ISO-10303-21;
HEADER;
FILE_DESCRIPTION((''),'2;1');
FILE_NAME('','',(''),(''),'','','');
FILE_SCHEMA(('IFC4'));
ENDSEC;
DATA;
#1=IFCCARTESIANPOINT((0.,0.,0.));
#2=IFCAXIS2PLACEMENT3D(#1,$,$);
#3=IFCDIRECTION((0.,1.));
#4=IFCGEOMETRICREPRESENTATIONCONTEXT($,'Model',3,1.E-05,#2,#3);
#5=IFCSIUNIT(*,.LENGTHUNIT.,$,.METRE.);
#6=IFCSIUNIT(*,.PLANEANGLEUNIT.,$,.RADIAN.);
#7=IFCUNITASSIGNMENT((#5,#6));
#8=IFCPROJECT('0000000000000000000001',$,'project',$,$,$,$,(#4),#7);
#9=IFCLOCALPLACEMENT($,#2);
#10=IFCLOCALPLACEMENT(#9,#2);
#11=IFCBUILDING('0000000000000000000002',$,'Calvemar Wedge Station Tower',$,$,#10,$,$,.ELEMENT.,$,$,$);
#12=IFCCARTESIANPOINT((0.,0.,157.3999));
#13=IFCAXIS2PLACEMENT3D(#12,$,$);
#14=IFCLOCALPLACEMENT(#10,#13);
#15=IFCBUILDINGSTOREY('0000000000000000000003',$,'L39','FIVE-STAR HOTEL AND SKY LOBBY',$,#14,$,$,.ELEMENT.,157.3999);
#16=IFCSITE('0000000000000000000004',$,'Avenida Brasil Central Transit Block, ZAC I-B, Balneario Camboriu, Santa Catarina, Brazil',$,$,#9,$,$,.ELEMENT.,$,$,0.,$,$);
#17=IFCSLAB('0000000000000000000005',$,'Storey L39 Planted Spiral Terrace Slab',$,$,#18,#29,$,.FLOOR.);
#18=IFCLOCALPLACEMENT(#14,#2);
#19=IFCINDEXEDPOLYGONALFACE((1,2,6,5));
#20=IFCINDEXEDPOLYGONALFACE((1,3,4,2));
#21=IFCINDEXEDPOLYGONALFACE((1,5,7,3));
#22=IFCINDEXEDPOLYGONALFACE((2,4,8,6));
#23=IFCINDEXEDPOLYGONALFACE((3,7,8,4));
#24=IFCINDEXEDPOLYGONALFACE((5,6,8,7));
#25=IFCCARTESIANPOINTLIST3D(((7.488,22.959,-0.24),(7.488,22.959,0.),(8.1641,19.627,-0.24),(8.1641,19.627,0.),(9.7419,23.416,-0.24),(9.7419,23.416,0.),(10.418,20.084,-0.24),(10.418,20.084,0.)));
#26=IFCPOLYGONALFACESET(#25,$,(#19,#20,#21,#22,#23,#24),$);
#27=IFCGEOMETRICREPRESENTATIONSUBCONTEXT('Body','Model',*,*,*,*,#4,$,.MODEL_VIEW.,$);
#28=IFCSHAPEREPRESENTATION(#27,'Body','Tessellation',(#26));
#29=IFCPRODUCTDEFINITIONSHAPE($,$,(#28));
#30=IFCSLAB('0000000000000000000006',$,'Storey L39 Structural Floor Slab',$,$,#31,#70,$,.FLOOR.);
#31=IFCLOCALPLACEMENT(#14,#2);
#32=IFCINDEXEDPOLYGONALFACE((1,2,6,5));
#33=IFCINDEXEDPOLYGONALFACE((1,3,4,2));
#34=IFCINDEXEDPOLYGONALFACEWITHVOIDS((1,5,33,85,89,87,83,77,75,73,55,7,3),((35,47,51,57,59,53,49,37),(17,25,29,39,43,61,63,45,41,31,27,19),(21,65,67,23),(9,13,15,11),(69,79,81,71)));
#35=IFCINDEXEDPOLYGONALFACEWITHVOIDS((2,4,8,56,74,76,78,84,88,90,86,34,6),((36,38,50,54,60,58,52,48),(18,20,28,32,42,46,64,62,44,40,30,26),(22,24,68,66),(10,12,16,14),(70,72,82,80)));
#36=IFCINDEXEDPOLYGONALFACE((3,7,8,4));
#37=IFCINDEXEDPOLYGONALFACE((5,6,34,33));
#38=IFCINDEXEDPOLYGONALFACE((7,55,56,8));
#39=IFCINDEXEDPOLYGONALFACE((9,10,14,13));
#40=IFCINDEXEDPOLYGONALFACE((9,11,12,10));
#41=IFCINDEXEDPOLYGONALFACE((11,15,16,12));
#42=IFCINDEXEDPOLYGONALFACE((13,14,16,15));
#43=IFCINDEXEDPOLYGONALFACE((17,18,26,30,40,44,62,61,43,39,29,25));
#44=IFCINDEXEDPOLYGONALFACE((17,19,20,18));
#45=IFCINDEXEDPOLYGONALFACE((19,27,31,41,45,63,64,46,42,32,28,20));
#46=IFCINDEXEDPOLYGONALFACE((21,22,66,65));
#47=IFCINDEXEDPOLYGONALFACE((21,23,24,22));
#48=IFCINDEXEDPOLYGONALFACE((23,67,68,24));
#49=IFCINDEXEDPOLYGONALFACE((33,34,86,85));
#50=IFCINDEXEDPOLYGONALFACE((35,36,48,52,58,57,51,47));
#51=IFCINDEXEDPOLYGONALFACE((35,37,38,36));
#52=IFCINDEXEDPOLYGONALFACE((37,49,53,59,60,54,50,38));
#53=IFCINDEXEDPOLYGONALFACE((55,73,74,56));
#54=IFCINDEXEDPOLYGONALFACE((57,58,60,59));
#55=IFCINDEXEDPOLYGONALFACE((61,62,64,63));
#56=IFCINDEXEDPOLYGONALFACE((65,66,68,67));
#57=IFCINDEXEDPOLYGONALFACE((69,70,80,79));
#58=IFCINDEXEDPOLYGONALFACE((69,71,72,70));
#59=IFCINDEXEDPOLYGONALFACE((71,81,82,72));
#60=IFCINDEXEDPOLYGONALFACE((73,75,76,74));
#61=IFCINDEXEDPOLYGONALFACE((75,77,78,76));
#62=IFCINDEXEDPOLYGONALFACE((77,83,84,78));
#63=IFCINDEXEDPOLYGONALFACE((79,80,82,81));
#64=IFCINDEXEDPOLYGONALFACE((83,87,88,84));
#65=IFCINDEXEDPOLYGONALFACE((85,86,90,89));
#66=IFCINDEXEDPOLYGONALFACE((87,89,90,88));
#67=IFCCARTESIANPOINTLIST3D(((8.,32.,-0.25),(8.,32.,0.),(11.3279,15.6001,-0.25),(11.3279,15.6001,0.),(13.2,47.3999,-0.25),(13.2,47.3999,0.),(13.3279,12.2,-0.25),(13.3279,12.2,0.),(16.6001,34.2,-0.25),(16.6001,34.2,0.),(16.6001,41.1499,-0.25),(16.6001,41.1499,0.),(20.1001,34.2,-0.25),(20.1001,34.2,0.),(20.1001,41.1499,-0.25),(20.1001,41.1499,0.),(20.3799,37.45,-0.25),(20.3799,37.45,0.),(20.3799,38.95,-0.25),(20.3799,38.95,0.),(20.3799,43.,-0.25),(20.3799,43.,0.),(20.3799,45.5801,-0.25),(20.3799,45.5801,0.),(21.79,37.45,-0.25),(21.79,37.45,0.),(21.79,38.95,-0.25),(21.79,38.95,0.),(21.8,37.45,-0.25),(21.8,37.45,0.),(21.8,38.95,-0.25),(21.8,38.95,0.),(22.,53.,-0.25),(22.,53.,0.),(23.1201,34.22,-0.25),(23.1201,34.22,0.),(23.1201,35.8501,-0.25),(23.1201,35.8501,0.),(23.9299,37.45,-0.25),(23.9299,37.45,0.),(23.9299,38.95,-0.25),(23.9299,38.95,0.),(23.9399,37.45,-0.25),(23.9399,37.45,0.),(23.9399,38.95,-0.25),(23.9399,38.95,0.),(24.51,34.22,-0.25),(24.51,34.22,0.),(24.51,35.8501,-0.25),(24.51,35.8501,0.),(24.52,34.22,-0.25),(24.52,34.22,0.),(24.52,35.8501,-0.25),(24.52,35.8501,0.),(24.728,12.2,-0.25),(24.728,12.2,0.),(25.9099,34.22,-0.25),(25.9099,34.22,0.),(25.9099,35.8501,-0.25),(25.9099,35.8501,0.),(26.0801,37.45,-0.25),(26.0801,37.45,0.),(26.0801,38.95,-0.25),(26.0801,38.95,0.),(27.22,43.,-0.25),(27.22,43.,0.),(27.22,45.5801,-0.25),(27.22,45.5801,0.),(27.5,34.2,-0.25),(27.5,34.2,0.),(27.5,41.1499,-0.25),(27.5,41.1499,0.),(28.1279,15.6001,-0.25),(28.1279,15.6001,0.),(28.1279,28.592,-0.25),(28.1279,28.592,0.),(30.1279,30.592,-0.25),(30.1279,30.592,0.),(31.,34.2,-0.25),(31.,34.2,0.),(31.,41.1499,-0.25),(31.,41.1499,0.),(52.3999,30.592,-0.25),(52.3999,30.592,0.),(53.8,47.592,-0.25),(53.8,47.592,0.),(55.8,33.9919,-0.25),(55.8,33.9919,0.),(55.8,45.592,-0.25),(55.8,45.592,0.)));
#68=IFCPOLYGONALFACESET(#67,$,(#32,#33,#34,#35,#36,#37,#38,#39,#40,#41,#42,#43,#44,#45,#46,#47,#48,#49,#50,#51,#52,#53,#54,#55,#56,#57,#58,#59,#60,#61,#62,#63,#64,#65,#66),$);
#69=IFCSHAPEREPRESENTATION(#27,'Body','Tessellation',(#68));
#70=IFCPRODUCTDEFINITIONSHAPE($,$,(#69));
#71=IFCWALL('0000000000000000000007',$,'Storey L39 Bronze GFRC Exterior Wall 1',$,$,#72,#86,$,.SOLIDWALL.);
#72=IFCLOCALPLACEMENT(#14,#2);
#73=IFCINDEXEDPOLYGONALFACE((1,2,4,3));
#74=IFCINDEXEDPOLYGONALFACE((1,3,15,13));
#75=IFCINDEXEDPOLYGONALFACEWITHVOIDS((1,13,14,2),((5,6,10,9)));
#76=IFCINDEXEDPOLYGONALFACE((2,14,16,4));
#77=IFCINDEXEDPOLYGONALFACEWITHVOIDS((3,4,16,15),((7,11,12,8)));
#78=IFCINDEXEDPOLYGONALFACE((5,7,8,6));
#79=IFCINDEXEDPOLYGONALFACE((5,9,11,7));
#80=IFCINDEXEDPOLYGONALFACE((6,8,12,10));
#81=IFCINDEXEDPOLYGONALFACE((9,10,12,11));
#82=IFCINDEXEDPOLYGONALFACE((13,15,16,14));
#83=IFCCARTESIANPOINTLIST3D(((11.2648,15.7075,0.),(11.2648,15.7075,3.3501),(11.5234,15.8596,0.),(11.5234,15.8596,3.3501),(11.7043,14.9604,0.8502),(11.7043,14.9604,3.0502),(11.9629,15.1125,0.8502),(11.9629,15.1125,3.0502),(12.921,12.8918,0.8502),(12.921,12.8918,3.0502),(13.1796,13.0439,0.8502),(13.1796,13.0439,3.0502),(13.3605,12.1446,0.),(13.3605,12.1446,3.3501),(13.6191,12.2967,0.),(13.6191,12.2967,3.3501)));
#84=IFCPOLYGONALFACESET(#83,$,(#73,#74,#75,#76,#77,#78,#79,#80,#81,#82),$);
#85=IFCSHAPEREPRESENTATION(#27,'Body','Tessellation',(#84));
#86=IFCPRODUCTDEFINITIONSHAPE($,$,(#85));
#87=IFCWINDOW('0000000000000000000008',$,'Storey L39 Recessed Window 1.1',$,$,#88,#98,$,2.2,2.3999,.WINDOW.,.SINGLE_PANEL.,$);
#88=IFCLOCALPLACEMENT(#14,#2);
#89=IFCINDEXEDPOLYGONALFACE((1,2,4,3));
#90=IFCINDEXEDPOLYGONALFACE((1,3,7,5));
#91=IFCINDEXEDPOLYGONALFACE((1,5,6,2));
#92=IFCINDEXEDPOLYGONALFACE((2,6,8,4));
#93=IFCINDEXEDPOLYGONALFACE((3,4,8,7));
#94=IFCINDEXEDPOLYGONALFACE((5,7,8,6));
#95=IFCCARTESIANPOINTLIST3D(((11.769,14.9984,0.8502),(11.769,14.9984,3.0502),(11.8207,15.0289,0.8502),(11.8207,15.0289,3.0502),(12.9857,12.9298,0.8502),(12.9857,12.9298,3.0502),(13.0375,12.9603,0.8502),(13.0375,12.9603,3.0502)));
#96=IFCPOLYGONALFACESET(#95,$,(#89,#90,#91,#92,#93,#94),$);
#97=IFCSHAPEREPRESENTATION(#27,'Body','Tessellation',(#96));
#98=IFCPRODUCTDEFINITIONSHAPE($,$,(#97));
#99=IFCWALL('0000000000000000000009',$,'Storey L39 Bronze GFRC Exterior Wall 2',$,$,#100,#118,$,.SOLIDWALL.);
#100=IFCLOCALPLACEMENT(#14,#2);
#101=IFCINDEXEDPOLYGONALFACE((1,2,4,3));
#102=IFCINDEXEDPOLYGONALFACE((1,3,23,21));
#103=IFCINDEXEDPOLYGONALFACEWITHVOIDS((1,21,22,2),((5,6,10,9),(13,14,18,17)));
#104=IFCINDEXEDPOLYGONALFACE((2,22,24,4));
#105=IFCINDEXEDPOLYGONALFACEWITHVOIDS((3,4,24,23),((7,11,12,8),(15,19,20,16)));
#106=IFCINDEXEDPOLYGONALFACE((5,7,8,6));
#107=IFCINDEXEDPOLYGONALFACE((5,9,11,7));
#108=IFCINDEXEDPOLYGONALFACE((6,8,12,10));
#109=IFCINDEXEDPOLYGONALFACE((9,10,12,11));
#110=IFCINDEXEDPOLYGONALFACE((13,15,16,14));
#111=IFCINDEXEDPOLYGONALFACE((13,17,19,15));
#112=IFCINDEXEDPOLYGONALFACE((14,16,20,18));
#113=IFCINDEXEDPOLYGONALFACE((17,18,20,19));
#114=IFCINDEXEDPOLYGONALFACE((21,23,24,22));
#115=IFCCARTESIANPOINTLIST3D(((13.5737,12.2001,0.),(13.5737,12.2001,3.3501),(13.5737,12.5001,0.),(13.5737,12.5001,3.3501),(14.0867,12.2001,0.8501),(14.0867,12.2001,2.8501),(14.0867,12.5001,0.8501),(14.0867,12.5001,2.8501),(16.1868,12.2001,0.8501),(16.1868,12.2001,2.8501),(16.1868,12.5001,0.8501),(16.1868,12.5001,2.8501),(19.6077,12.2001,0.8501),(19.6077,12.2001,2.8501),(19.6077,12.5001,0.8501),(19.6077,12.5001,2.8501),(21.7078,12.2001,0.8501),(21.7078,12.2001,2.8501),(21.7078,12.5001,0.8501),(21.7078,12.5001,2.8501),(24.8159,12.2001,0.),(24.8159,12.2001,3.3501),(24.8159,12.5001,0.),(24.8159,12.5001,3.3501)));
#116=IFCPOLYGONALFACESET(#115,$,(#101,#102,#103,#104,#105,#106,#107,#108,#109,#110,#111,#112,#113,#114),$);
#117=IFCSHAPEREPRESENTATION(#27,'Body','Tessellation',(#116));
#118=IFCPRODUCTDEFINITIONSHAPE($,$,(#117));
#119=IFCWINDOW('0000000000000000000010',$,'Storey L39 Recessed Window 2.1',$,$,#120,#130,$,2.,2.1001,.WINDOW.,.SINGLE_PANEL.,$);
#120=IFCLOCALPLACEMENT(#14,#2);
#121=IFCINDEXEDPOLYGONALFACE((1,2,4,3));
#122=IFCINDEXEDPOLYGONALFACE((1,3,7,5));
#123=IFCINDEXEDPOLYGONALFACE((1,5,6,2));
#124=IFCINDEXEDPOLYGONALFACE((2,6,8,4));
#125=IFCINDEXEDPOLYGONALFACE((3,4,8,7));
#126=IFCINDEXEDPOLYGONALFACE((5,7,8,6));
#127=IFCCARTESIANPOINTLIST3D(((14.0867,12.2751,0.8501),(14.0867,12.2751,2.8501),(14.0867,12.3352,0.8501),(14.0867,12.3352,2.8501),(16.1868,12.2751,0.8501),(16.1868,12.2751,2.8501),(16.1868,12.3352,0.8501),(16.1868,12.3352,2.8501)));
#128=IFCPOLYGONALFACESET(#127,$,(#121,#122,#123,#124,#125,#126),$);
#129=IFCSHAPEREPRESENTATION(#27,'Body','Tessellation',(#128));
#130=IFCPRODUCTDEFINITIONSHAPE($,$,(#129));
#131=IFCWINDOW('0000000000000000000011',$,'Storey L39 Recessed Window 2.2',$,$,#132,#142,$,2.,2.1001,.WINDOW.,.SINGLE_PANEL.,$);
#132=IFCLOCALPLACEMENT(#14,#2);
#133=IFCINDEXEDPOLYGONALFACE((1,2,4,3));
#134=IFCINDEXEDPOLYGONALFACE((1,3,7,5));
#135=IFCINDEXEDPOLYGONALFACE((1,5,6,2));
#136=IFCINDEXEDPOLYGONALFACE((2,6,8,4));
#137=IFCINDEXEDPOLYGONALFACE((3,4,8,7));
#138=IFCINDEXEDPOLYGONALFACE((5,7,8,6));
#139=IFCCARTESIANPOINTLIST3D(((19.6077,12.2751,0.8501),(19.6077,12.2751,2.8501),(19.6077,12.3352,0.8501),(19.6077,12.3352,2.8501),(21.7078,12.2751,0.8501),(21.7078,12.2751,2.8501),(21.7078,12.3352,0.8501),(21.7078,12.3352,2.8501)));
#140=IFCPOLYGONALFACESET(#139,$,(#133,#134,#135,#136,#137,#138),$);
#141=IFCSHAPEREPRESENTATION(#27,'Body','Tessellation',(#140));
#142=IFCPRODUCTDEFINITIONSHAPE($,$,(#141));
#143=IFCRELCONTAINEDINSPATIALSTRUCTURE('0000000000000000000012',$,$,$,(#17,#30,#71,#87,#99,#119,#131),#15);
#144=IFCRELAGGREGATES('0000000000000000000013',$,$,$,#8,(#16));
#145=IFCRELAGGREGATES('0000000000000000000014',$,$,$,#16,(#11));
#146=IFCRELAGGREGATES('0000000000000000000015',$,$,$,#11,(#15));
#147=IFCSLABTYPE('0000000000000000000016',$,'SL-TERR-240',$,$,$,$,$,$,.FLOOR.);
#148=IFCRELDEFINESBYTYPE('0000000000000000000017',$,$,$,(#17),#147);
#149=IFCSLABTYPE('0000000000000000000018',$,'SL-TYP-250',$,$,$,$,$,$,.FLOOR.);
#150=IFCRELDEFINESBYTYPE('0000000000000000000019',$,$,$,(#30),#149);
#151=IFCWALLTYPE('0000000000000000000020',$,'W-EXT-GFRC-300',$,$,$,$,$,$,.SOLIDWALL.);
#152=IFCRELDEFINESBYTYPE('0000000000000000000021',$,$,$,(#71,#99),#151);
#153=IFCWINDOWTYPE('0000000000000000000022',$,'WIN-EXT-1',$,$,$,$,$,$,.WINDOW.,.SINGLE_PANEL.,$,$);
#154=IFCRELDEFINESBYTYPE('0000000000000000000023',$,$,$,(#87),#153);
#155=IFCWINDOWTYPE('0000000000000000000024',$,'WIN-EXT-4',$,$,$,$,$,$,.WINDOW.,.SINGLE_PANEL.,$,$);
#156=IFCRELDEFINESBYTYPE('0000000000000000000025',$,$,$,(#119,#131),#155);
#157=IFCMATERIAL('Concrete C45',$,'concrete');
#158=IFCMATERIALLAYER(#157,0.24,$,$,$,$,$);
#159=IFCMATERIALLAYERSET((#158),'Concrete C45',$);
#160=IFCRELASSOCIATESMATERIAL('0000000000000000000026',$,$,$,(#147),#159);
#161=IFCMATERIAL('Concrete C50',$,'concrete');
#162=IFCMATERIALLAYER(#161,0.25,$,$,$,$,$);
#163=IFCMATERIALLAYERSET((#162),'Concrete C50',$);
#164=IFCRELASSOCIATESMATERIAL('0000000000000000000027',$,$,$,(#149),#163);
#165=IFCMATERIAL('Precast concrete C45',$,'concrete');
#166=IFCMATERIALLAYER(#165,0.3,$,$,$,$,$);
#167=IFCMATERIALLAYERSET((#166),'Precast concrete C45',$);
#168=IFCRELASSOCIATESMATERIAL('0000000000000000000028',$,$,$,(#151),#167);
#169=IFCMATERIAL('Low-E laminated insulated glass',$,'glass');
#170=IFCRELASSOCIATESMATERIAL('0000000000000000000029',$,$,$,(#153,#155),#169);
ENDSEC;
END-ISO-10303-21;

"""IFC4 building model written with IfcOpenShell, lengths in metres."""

from ifc_helpers import new_model, si_unit, direction, frame, frame_2d, origin, place, context, subcontext, project, spatial, polyline, rectangle, outline, extrude, source, transform, mapped, material, layer, layer_set, type_object, element, fill, save


model = new_model("IFC4")

# Units and contexts
model_context = context("Model", 3, precision=1e-05, world=origin(), true_north=direction((0.0, 1.0)))
body_context = subcontext(model_context, "Body", "Model", "MODEL_VIEW")
ifc_project = project(units=[si_unit("LENGTHUNIT", "METRE"), si_unit("PLANEANGLEUNIT", "RADIAN")], contexts=[model_context])

# Site, building, storey
site_placement = place(None, origin())
site = spatial("IfcSite", under=ifc_project, at=site_placement, Name="Avenida Brasil Central Transit Block, ZAC I-B, Balneario Camboriu, Santa Catarina, Brazil", CompositionType="ELEMENT", RefElevation=0.0)
building_placement = place(site_placement, origin())
building = spatial("IfcBuilding", under=site, at=building_placement, Name="Calvemar Wedge Station Tower", CompositionType="ELEMENT")
storey_placement = place(building_placement, frame((0.0, 0.0, 157.3999)))
storey = spatial("IfcBuildingStorey", under=building, at=storey_placement, Name="L39", Description="FIVE-STAR HOTEL AND SKY LOBBY", CompositionType="ELEMENT", Elevation=157.3999)

# Shared definitions
ifc_material_1 = material(Name="Concrete C50", Category="concrete")

# Shared definitions
ifc_material_2 = material(Name="Concrete C45", Category="concrete")

# Slabs
ifc_layer_1 = layer(ifc_material_2, 0.24)
ifc_layer_set_1 = layer_set([ifc_layer_1], Name="Concrete C45")
slab_type_1 = type_object("IfcSlabType", Name="SL-TERR-240", PredefinedType="FLOOR", material=ifc_layer_set_1)
slab_1_placement = place(storey_placement, frame((0.0, 0.0, -0.24)))
element("IfcSlab", 1, at=slab_1_placement, inside=storey, type_object=slab_type_1, Name="Storey L39 Planted Spiral Terrace Slab", PredefinedType="FLOOR", context=body_context, shape_type="SweptSolid", body=[
    extrude(outline(polyline([(9.7419, 23.416), (7.488, 22.959), (8.1641, 19.627), (10.418, 20.084), (9.7419, 23.416)])), origin(), (0.0, 0.0, 1.0), 0.24),
])
ifc_layer_2 = layer(ifc_material_1, 0.25)
ifc_layer_set_2 = layer_set([ifc_layer_2], Name="Concrete C50")
slab_type_2 = type_object("IfcSlabType", Name="SL-TYP-250", PredefinedType="FLOOR", material=ifc_layer_set_2)
slab_2_placement = place(storey_placement, frame((0.0, 0.0, -0.25)))
element("IfcSlab", 2, at=slab_2_placement, inside=storey, type_object=slab_type_2, Name="Storey L39 Structural Floor Slab", PredefinedType="FLOOR", context=body_context, shape_type="SweptSolid", body=[
    extrude(outline(polyline([(8.0, 32.0), (11.3279, 15.6001), (13.3279, 12.2), (24.728, 12.2), (28.1279, 15.6001), (28.1279, 28.592), (30.1279, 30.592), (52.3999, 30.592), (55.8, 33.9919), (55.8, 45.592), (53.8, 47.592), (22.0, 53.0), (13.2, 47.3999), (8.0, 32.0)]), holes=[polyline([(24.52, 35.8501), (24.51, 35.8501), (23.1201, 35.8501), (23.1201, 34.22), (24.51, 34.22), (24.52, 34.22), (25.9099, 34.22), (25.9099, 35.8501), (24.52, 35.8501)]), polyline([(16.6001, 34.2), (20.1001, 34.2), (20.1001, 41.1499), (16.6001, 41.1499), (16.6001, 34.2)]), polyline([(27.5, 34.2), (31.0, 34.2), (31.0, 41.1499), (27.5, 41.1499), (27.5, 34.2)]), polyline([(21.8, 38.95), (21.79, 38.95), (20.3799, 38.95), (20.3799, 37.45), (21.79, 37.45), (21.8, 37.45), (23.9299, 37.45), (23.9399, 37.45), (26.0801, 37.45), (26.0801, 38.95), (23.9399, 38.95), (23.9299, 38.95), (21.8, 38.95)]), polyline([(27.22, 43.0), (27.22, 45.5801), (20.3799, 45.5801), (20.3799, 43.0), (27.22, 43.0)])]), origin(), (0.0, 0.0, 1.0), 0.25),
])

# Wall, opening, window
ifc_material_3 = material(Name="Precast concrete C45", Category="concrete")
ifc_layer_3 = layer(ifc_material_3, 0.3)
ifc_layer_set_3 = layer_set([ifc_layer_3], Name="Precast concrete C45")
wall_type_1 = type_object("IfcWallType", Name="W-EXT-GFRC-300", PredefinedType="SOLIDWALL", material=ifc_layer_set_3)
wall_1_placement = place(storey_placement, frame((11.394, 15.7837, 0.0), z_axis=(0.0, 0.0, 1.0), x_axis=(0.506989, -0.861952, 0.0)))
wall_1 = element("IfcWall", 3, at=wall_1_placement, inside=storey, type_object=wall_type_1, Name="Storey L39 Bronze GFRC Exterior Wall 1", PredefinedType="SOLIDWALL", context=body_context, shape_type="SweptSolid", body=[
    extrude(rectangle(XDim=4.1335, YDim=0.3, at=frame_2d((2.0669, 0.0))), origin(), (0.0, 0.0, 1.0), 3.3501),
])
shared_shape_1 = source(origin(), body_context, "Body", "SweptSolid", [
    extrude(rectangle(XDim=2.3999, YDim=2.2, at=frame_2d((1.2, 1.1001))), frame((0.0, 0.1602, 0.0), z_axis=(0.0, -1.0, 0.0), x_axis=(1.0, 0.0, 0.0)), (0.0, 0.0, 1.0), 0.3201),
])
opening_1_placement = place(wall_1_placement, frame((0.8669, 0.0, 0.8501)))
opening_1 = element("IfcOpeningElement", 4, at=opening_1_placement, cuts=wall_1, PredefinedType="OPENING", context=body_context, shape_type="MappedRepresentation", body=[
    mapped(shared_shape_1, transform((0.0, 0.0, 0.0), scale=1.0)),
])
ifc_material_4 = material(Name="Low-E laminated insulated glass", Category="glass")
window_type_1 = type_object("IfcWindowType", Name="WIN-EXT-1", PartitioningType="SINGLE_PANEL", PredefinedType="WINDOW", material=ifc_material_4)
shared_shape_2 = source(origin(), body_context, "Body", "SweptSolid", [
    extrude(rectangle(XDim=2.3999, YDim=2.2, at=frame_2d((1.2, 1.1001))), frame((0.0, -0.0149, 0.0), z_axis=(0.0, -1.0, 0.0), x_axis=(1.0, 0.0, 0.0)), (0.0, 0.0, 1.0), 0.0601),
])
window_1_placement = place(opening_1_placement, origin())
window_1 = element("IfcWindow", 5, at=window_1_placement, inside=storey, type_object=window_type_1, Name="Storey L39 Recessed Window 1.1", OverallHeight=2.2, OverallWidth=2.3999, PartitioningType="SINGLE_PANEL", PredefinedType="WINDOW", context=body_context, shape_type="MappedRepresentation", body=[
    mapped(shared_shape_2, transform((0.0, 0.0, 0.0), scale=1.0)),
])
fill(opening_1, window_1)

# Wall, openings, windows
wall_2_placement = place(storey_placement, frame((13.5737, 12.3501, 0.0), z_axis=(0.0, 0.0, 1.0), x_axis=(1.0, 0.0, 0.0)))
wall_2 = element("IfcWall", 6, at=wall_2_placement, inside=storey, type_object=wall_type_1, Name="Storey L39 Bronze GFRC Exterior Wall 2", PredefinedType="SOLIDWALL", context=body_context, shape_type="SweptSolid", body=[
    extrude(rectangle(XDim=11.2422, YDim=0.3, at=frame_2d((5.6211, 0.0))), origin(), (0.0, 0.0, 1.0), 3.3501),
])
shared_shape_3 = source(origin(), body_context, "Body", "SweptSolid", [
    extrude(rectangle(XDim=2.1001, YDim=2.0, at=frame_2d((1.05, 1.0))), frame((0.0, 0.1602, 0.0), z_axis=(0.0, -1.0, 0.0), x_axis=(1.0, 0.0, 0.0)), (0.0, 0.0, 1.0), 0.3201),
])
opening_2_placement = place(wall_2_placement, frame((0.5129, 0.0, 0.8501)))
opening_2 = element("IfcOpeningElement", 7, at=opening_2_placement, cuts=wall_2, PredefinedType="OPENING", context=body_context, shape_type="MappedRepresentation", body=[
    mapped(shared_shape_3, transform((0.0, 0.0, 0.0), scale=1.0)),
])
opening_3_placement = place(wall_2_placement, frame((6.0339, 0.0, 0.8501)))
opening_3 = element("IfcOpeningElement", 8, at=opening_3_placement, cuts=wall_2, PredefinedType="OPENING", context=body_context, shape_type="MappedRepresentation", body=[
    mapped(shared_shape_3, transform((0.0, 0.0, 0.0), scale=1.0)),
])
window_type_2 = type_object("IfcWindowType", Name="WIN-EXT-4", PartitioningType="SINGLE_PANEL", PredefinedType="WINDOW", material=ifc_material_4)
shared_shape_4 = source(origin(), body_context, "Body", "SweptSolid", [
    extrude(rectangle(XDim=2.1001, YDim=2.0, at=frame_2d((1.05, 1.0))), frame((0.0, -0.0149, 0.0), z_axis=(0.0, -1.0, 0.0), x_axis=(1.0, 0.0, 0.0)), (0.0, 0.0, 1.0), 0.0601),
])
window_2_placement = place(opening_2_placement, origin())
window_2 = element("IfcWindow", 9, at=window_2_placement, inside=storey, type_object=window_type_2, Name="Storey L39 Recessed Window 2.1", OverallHeight=2.0, OverallWidth=2.1001, PartitioningType="SINGLE_PANEL", PredefinedType="WINDOW", context=body_context, shape_type="MappedRepresentation", body=[
    mapped(shared_shape_4, transform((0.0, 0.0, 0.0), scale=1.0)),
])
fill(opening_2, window_2)
window_3_placement = place(opening_3_placement, origin())
window_3 = element("IfcWindow", 10, at=window_3_placement, inside=storey, type_object=window_type_2, Name="Storey L39 Recessed Window 2.2", OverallHeight=2.0, OverallWidth=2.1001, PartitioningType="SINGLE_PANEL", PredefinedType="WINDOW", context=body_context, shape_type="MappedRepresentation", body=[
    mapped(shared_shape_4, transform((0.0, 0.0, 0.0), scale=1.0)),
])
fill(opening_3, window_3)

save(model, "model.ifc")
